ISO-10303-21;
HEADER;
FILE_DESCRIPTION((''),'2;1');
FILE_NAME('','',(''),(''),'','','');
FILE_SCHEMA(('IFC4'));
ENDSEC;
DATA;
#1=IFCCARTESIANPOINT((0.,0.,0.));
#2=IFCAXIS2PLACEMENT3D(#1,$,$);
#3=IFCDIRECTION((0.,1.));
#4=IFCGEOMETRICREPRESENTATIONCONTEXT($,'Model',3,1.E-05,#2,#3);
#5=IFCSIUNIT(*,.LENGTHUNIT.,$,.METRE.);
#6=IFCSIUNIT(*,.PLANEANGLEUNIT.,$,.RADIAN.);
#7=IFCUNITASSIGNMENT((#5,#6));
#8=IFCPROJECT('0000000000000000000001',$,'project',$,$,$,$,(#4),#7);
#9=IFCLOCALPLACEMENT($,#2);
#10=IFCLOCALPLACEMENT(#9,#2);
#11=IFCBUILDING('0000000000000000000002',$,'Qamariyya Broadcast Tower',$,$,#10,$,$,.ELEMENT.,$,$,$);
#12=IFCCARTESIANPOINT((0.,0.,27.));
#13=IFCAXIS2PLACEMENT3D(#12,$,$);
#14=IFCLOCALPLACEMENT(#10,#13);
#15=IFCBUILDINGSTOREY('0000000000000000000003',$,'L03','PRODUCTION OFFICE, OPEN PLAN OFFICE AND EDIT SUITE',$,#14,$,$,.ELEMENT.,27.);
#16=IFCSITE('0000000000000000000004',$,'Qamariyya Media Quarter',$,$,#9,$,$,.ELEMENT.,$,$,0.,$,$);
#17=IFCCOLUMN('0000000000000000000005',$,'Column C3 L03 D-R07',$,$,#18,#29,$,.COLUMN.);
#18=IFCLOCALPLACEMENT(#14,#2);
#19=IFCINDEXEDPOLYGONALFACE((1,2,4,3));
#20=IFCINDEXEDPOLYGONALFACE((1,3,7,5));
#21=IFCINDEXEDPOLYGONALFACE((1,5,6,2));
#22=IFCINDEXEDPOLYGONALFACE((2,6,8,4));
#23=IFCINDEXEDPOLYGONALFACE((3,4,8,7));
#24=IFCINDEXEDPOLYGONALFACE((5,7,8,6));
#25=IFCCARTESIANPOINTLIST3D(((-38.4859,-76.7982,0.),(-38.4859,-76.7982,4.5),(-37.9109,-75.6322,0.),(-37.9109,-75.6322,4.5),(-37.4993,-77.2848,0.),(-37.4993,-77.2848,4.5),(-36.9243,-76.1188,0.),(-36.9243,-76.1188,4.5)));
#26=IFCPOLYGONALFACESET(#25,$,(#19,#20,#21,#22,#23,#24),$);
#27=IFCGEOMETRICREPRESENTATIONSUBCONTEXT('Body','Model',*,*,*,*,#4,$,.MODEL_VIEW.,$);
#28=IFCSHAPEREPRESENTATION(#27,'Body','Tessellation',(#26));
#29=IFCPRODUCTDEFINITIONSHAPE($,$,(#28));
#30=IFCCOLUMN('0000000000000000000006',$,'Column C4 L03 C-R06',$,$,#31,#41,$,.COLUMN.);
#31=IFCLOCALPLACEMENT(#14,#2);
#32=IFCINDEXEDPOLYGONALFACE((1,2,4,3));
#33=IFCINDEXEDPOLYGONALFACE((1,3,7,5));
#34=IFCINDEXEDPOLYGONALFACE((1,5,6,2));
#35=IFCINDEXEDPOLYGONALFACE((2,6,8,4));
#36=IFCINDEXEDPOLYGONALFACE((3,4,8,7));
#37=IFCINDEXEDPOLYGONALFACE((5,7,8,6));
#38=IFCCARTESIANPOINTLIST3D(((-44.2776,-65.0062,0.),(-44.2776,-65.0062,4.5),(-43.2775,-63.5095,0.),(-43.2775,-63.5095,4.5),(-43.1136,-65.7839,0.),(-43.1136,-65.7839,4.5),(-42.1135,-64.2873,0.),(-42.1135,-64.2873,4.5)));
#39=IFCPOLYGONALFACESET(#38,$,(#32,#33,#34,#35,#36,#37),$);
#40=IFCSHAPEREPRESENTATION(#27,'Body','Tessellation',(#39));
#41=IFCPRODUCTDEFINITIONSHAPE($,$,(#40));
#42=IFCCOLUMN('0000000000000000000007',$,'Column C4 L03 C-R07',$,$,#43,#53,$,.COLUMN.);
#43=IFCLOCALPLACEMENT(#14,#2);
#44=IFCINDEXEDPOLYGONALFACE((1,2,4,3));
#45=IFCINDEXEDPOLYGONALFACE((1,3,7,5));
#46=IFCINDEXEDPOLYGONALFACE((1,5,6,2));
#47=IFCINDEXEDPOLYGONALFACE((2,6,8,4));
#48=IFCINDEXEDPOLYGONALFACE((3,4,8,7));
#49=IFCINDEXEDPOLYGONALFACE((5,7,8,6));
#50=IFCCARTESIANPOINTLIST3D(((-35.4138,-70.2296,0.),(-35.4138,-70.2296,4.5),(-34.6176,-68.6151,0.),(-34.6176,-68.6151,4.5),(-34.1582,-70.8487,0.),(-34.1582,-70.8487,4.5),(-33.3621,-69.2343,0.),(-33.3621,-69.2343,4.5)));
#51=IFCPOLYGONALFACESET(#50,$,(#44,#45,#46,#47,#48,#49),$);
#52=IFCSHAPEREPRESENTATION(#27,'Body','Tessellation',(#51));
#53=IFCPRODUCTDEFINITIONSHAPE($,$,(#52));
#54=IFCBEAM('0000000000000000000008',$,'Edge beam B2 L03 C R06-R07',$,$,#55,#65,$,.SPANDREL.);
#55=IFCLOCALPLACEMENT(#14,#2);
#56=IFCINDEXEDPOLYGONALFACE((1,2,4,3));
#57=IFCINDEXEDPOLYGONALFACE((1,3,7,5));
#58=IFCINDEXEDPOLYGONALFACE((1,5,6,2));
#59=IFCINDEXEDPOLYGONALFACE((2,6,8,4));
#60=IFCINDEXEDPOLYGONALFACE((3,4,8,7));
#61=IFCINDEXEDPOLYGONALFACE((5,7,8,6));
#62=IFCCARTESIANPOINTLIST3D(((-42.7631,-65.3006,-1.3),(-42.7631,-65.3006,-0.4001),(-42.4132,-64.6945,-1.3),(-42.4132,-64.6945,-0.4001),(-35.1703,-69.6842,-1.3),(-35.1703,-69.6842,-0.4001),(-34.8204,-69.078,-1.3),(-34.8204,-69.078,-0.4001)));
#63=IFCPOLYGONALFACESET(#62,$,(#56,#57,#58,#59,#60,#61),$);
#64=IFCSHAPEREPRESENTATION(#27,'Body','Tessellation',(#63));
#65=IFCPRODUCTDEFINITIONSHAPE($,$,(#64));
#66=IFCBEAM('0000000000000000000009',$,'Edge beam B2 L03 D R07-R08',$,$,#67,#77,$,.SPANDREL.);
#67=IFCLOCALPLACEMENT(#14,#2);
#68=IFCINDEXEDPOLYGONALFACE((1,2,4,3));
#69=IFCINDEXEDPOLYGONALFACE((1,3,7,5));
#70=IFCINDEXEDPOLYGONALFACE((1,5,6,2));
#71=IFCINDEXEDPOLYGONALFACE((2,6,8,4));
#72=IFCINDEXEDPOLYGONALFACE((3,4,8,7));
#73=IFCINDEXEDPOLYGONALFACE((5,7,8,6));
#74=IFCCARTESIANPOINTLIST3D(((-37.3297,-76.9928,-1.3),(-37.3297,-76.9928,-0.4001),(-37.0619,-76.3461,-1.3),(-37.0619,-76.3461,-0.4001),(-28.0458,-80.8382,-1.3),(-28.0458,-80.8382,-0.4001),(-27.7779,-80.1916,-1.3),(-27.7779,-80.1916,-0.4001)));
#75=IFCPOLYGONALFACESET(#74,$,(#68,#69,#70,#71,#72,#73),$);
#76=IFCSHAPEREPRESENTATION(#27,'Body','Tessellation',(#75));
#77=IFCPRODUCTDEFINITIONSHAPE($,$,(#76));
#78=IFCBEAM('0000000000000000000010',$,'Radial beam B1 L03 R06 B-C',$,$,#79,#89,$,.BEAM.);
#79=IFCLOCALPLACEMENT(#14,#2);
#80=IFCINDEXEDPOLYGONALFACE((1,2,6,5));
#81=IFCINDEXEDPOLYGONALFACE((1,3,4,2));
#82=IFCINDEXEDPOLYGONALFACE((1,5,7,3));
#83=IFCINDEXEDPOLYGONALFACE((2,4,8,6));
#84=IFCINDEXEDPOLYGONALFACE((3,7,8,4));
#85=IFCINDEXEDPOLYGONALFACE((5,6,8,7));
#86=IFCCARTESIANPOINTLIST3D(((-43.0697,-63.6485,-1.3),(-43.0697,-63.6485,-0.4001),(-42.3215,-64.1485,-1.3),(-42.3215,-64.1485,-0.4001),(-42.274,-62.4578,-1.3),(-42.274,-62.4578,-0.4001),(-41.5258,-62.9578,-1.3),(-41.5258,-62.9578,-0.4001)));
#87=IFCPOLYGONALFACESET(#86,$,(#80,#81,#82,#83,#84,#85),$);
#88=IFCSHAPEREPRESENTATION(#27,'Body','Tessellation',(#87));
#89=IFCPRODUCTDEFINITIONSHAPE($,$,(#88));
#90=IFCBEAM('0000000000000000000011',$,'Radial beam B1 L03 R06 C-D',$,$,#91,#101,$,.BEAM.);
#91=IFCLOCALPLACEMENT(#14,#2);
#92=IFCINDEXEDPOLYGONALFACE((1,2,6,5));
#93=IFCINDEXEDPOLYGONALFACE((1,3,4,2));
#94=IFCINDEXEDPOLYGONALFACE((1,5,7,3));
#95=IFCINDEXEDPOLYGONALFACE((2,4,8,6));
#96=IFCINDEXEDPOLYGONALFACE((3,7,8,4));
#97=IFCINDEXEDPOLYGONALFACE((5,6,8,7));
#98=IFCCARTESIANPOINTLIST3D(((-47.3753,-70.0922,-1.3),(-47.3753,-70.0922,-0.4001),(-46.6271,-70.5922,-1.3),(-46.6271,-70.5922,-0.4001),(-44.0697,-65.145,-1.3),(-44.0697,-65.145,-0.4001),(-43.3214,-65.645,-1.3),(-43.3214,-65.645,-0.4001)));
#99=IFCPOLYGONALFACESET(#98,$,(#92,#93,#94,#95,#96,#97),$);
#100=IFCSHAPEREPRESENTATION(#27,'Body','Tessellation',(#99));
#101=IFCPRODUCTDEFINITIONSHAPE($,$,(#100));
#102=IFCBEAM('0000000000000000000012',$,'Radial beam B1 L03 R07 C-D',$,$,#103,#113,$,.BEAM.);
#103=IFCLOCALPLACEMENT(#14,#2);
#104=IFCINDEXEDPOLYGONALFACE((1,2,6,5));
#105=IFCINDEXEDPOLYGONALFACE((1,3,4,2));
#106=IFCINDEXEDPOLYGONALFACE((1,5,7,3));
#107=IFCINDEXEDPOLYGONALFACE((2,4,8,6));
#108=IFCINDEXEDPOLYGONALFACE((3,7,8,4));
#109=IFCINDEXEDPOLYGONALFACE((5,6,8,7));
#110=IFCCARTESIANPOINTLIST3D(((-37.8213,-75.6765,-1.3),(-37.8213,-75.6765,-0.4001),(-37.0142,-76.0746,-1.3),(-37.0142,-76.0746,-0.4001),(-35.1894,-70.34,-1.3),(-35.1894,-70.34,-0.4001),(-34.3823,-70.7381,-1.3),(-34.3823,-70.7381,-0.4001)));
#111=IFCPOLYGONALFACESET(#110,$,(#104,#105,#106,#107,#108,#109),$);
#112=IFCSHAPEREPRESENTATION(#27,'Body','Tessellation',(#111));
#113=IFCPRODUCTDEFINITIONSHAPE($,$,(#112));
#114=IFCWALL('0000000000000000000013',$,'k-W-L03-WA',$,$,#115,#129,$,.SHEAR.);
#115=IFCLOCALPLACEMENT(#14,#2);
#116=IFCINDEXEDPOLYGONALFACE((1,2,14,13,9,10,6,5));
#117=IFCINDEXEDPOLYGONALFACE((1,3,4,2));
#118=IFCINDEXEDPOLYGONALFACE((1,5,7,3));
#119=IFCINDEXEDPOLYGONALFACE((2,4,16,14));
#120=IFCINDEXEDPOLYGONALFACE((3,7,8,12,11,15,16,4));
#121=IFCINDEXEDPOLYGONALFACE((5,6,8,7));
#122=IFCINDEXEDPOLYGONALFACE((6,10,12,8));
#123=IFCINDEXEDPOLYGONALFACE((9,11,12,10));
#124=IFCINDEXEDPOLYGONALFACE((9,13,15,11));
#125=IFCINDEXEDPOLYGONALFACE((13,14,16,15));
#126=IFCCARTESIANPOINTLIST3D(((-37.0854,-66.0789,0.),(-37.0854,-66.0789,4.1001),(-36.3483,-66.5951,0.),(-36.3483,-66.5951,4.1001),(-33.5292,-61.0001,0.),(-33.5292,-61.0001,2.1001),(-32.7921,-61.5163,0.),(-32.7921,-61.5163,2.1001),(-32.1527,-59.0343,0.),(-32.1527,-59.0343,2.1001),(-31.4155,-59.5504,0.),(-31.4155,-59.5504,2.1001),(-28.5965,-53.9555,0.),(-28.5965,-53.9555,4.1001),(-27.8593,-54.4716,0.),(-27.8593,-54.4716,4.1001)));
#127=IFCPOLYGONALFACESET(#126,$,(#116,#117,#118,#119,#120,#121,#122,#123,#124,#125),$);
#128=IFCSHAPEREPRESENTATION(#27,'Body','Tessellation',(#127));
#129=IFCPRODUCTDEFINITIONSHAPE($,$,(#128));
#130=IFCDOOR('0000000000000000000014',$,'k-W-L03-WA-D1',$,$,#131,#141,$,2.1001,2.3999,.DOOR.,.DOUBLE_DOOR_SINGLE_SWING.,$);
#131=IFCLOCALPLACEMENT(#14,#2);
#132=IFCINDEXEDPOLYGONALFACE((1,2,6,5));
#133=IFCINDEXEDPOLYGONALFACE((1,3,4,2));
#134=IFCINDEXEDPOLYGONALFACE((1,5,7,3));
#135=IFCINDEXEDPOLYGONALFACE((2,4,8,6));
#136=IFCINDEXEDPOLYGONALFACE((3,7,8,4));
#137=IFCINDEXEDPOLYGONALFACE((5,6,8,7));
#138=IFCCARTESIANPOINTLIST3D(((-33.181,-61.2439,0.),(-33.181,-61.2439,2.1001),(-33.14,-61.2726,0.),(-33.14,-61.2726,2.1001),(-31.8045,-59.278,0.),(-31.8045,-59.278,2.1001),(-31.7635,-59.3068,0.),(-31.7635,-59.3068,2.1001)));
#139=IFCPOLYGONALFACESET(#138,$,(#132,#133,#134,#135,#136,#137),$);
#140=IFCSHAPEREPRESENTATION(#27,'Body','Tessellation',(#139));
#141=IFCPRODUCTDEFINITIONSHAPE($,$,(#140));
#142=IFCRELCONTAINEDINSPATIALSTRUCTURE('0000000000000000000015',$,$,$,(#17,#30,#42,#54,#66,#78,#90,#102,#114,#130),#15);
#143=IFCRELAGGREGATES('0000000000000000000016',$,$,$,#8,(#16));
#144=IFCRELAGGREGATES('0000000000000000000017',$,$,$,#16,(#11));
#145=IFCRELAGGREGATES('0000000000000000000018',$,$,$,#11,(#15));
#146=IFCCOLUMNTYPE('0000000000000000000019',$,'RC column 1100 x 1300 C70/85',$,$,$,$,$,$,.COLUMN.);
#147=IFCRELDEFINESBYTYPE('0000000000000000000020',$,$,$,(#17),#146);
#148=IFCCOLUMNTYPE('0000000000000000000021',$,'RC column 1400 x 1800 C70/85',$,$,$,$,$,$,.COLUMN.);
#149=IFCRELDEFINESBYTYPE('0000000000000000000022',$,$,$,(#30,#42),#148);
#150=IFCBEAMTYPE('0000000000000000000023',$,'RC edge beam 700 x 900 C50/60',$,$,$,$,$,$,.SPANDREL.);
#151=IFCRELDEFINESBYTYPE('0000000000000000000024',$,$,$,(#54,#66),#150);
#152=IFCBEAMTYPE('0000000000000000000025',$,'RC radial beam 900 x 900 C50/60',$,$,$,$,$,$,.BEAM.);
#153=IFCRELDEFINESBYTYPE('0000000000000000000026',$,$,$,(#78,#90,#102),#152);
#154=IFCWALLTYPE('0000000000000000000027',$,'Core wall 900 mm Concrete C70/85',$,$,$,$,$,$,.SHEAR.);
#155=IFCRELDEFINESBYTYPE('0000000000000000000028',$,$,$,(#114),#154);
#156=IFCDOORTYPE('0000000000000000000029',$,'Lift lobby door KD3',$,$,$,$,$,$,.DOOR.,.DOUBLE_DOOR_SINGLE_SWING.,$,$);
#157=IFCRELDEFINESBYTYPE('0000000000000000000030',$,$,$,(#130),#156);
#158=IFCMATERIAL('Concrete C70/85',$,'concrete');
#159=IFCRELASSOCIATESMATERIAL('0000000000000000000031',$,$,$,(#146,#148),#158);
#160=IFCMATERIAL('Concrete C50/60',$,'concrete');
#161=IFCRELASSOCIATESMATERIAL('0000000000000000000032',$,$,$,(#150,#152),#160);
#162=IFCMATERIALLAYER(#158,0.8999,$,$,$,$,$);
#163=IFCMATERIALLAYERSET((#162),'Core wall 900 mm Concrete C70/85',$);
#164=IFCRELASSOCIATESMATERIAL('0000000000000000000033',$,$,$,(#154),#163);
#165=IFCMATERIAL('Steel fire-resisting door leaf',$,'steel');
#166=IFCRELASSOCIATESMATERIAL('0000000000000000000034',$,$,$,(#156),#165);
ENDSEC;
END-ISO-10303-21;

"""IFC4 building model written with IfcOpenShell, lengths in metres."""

from ifc_helpers import new_model, si_unit, direction, frame, frame_2d, origin, origin_2d, place, context, subcontext, project, spatial, rectangle, extrude, material, layer, layer_set, material_profile, profile_set, type_object, element, fill, save


model = new_model("IFC4")

# Units and contexts
model_context = context("Model", 3, precision=1e-05, world=origin(), true_north=direction((0.0, 1.0)))
body_context = subcontext(model_context, "Body", "Model", "MODEL_VIEW")
ifc_project = project(units=[si_unit("LENGTHUNIT", "METRE"), si_unit("PLANEANGLEUNIT", "RADIAN")], contexts=[model_context])

# Site, building, storey
site_placement = place(None, origin())
site = spatial("IfcSite", under=ifc_project, at=site_placement, Name="Qamariyya Media Quarter", CompositionType="ELEMENT", RefElevation=0.0)
building_placement = place(site_placement, origin())
building = spatial("IfcBuilding", under=site, at=building_placement, Name="Qamariyya Broadcast Tower", CompositionType="ELEMENT")
storey_placement = place(building_placement, frame((0.0, 0.0, 27.0)))
storey = spatial("IfcBuildingStorey", under=building, at=storey_placement, Name="L03", Description="PRODUCTION OFFICE, OPEN PLAN OFFICE AND EDIT SUITE", CompositionType="ELEMENT", Elevation=27.0)

# Columns
ifc_material_1 = material(Name="Concrete C70/85", Category="concrete")
ifc_material_profile_1 = material_profile(ifc_material_1, rectangle(XDim=1.1001, YDim=1.3, at=origin_2d()))
ifc_profile_set_1 = profile_set([ifc_material_profile_1], Name="Concrete C70/85")
column_type_1 = type_object("IfcColumnType", Name="RC column 1100 x 1300 C70/85", PredefinedType="COLUMN", material=ifc_profile_set_1)
column_placement = place(storey_placement, frame((-37.7051, -76.4585, 0.0), z_axis=(0.0, 0.0, 1.0), x_axis=(0.896873, -0.442289, 0.0)))
element("IfcColumn", 1, at=column_placement, inside=storey, type_object=column_type_1, Name="Column C3 L03 D-R07", PredefinedType="COLUMN", context=body_context, shape_type="SweptSolid", body=[
    extrude(rectangle(XDim=1.1001, YDim=1.3, at=origin_2d()), origin(), (0.0, 0.0, 1.0), 4.5),
])
ifc_material_profile_2 = material_profile(ifc_material_1, rectangle(XDim=1.3999, YDim=1.8, at=origin_2d()))
ifc_profile_set_2 = profile_set([ifc_material_profile_2], Name="Concrete C70/85")
column_type_2 = type_object("IfcColumnType", Name="RC column 1400 x 1800 C70/85", PredefinedType="COLUMN", material=ifc_profile_set_2)
for number, where, z_axis, x_axis, name in (
    (2, (-43.1956, -64.6467, 0.0), (0.0, 0.0, 1.0), (0.83147, -0.55557, 0.0), "Column C4 L03 C-R06"),
    (3, (-34.3879, -69.7319, 0.0), (0.0, 0.0, 1.0), (0.896873, -0.442289, 0.0), "Column C4 L03 C-R07"),
):
    element("IfcColumn", number, at=place(storey_placement, frame(where, z_axis=z_axis, x_axis=x_axis)), inside=storey, type_object=column_type_2, Name=name, PredefinedType="COLUMN", context=body_context, shape_type="SweptSolid", body=[
        extrude(rectangle(XDim=1.3999, YDim=1.8, at=origin_2d()), origin(), (0.0, 0.0, 1.0), 4.5),
    ])

# Beams
ifc_material_2 = material(Name="Concrete C50/60", Category="concrete")
ifc_material_profile_3 = material_profile(ifc_material_2, rectangle(XDim=0.7, YDim=0.8999, at=origin_2d()))
ifc_profile_set_3 = profile_set([ifc_material_profile_3], Name="Concrete C50/60")
beam_type_1 = type_object("IfcBeamType", Name="RC edge beam 700 x 900 C50/60", PredefinedType="SPANDREL", material=ifc_profile_set_3)
beam_1_placement = place(storey_placement, frame((-42.5881, -64.9976, -0.8501), z_axis=(0.866033, -0.499988, 0.0), x_axis=(0.499988, 0.866033, 0.0)))
element("IfcBeam", 4, at=beam_1_placement, inside=storey, type_object=beam_type_1, Name="Edge beam B2 L03 C R06-R07", PredefinedType="SPANDREL", context=body_context, shape_type="SweptSolid", body=[
    extrude(rectangle(XDim=0.7, YDim=0.8999, at=origin_2d()), origin(), (0.0, 0.0, 1.0), 8.7673),
])
beam_2_placement = place(storey_placement, frame((-37.1958, -76.6694, -0.8501), z_axis=(0.923882, -0.382677, 0.0), x_axis=(0.382677, 0.923882, 0.0)))
element("IfcBeam", 5, at=beam_2_placement, inside=storey, type_object=beam_type_1, Name="Edge beam B2 L03 D R07-R08", PredefinedType="SPANDREL", context=body_context, shape_type="SweptSolid", body=[
    extrude(rectangle(XDim=0.7, YDim=0.8999, at=origin_2d()), origin(), (0.0, 0.0, 1.0), 10.0488),
])
ifc_material_profile_4 = material_profile(ifc_material_2, rectangle(XDim=0.8999, YDim=0.8999, at=origin_2d()))
ifc_profile_set_4 = profile_set([ifc_material_profile_4], Name="Concrete C50/60")
beam_type_2 = type_object("IfcBeamType", Name="RC radial beam 900 x 900 C50/60", PredefinedType="BEAM", material=ifc_profile_set_4)
beam_3_placement = place(storey_placement, frame((-41.8999, -62.7078, -0.8501), z_axis=(-0.555605, -0.831447, 0.0), x_axis=(0.831447, -0.555605, 0.0)))
element("IfcBeam", 6, at=beam_3_placement, inside=storey, type_object=beam_type_2, Name="Radial beam B1 L03 R06 B-C", PredefinedType="BEAM", context=body_context, shape_type="SweptSolid", body=[
    extrude(rectangle(XDim=0.8999, YDim=0.8999, at=origin_2d()), origin(), (0.0, 0.0, 1.0), 1.4321),
])
beam_4_placement = place(storey_placement, frame((-43.6956, -65.395, -0.8501), z_axis=(-0.555571, -0.831469, 0.0), x_axis=(0.831469, -0.555571, 0.0)))
element("IfcBeam", 7, at=beam_4_placement, inside=storey, type_object=beam_type_2, Name="Radial beam B1 L03 R06 C-D", PredefinedType="BEAM", context=body_context, shape_type="SweptSolid", body=[
    extrude(rectangle(XDim=0.8999, YDim=0.8999, at=origin_2d()), origin(), (0.0, 0.0, 1.0), 5.95),
])
beam_5_placement = place(storey_placement, frame((-34.7859, -70.5391, -0.8501), z_axis=(-0.442316, -0.896859, 0.0), x_axis=(0.896859, -0.442316, 0.0)))
element("IfcBeam", 8, at=beam_5_placement, inside=storey, type_object=beam_type_2, Name="Radial beam B1 L03 R07 C-D", PredefinedType="BEAM", context=body_context, shape_type="SweptSolid", body=[
    extrude(rectangle(XDim=0.8999, YDim=0.8999, at=origin_2d()), origin(), (0.0, 0.0, 1.0), 5.9502),
])

# Wall, opening, door
ifc_layer_1 = layer(ifc_material_1, 0.8999)
ifc_layer_set_1 = layer_set([ifc_layer_1], Name="Core wall 900 mm Concrete C70/85")
wall_type_1 = type_object("IfcWallType", Name="Core wall 900 mm Concrete C70/85", PredefinedType="SHEAR", material=ifc_layer_set_1)
wall_1_placement = place(storey_placement, frame((-36.7168, -66.3369, 0.0), z_axis=(0.0, 0.0, 1.0), x_axis=(0.573577, 0.819151, 0.0)))
wall_1 = element("IfcWall", 9, at=wall_1_placement, inside=storey, type_object=wall_type_1, Name="k-W-L03-WA", PredefinedType="SHEAR", context=body_context, shape_type="SweptSolid", body=[
    extrude(rectangle(XDim=14.8, YDim=0.8999, at=frame_2d((7.3999, 0.0))), origin(), (0.0, 0.0, 1.0), 4.1001),
])
opening_1_placement = place(wall_1_placement, frame((6.2, 0.0, 0.0)))
opening_1 = element("IfcOpeningElement", 10, at=opening_1_placement, cuts=wall_1, PredefinedType="OPENING", context=body_context, shape_type="SweptSolid", body=[
    extrude(rectangle(XDim=2.3999, YDim=2.1001, at=frame_2d((1.2, 1.05))), frame((0.0, 0.46, 0.0), z_axis=(0.0, -1.0, 0.0), x_axis=(1.0, 0.0, 0.0)), (0.0, 0.0, 1.0), 0.9199),
])
ifc_material_3 = material(Name="Steel fire-resisting door leaf", Category="steel")
door_type_1 = type_object("IfcDoorType", Name="Lift lobby door KD3", OperationType="DOUBLE_DOOR_SINGLE_SWING", PredefinedType="DOOR", material=ifc_material_3)
door_1_placement = place(opening_1_placement, origin())
door_1 = element("IfcDoor", 11, at=door_1_placement, inside=storey, type_object=door_type_1, Name="k-W-L03-WA-D1", OperationType="DOUBLE_DOOR_SINGLE_SWING", OverallHeight=2.1001, OverallWidth=2.3999, PredefinedType="DOOR", context=body_context, shape_type="SweptSolid", body=[
    extrude(rectangle(XDim=2.3999, YDim=2.1001, at=frame_2d((1.2, 1.05))), frame((0.0, 0.0249, 0.0), z_axis=(0.0, -1.0, 0.0), x_axis=(1.0, 0.0, 0.0)), (0.0, 0.0, 1.0), 0.05),
])
fill(opening_1, door_1)

save(model, "model.ifc")
